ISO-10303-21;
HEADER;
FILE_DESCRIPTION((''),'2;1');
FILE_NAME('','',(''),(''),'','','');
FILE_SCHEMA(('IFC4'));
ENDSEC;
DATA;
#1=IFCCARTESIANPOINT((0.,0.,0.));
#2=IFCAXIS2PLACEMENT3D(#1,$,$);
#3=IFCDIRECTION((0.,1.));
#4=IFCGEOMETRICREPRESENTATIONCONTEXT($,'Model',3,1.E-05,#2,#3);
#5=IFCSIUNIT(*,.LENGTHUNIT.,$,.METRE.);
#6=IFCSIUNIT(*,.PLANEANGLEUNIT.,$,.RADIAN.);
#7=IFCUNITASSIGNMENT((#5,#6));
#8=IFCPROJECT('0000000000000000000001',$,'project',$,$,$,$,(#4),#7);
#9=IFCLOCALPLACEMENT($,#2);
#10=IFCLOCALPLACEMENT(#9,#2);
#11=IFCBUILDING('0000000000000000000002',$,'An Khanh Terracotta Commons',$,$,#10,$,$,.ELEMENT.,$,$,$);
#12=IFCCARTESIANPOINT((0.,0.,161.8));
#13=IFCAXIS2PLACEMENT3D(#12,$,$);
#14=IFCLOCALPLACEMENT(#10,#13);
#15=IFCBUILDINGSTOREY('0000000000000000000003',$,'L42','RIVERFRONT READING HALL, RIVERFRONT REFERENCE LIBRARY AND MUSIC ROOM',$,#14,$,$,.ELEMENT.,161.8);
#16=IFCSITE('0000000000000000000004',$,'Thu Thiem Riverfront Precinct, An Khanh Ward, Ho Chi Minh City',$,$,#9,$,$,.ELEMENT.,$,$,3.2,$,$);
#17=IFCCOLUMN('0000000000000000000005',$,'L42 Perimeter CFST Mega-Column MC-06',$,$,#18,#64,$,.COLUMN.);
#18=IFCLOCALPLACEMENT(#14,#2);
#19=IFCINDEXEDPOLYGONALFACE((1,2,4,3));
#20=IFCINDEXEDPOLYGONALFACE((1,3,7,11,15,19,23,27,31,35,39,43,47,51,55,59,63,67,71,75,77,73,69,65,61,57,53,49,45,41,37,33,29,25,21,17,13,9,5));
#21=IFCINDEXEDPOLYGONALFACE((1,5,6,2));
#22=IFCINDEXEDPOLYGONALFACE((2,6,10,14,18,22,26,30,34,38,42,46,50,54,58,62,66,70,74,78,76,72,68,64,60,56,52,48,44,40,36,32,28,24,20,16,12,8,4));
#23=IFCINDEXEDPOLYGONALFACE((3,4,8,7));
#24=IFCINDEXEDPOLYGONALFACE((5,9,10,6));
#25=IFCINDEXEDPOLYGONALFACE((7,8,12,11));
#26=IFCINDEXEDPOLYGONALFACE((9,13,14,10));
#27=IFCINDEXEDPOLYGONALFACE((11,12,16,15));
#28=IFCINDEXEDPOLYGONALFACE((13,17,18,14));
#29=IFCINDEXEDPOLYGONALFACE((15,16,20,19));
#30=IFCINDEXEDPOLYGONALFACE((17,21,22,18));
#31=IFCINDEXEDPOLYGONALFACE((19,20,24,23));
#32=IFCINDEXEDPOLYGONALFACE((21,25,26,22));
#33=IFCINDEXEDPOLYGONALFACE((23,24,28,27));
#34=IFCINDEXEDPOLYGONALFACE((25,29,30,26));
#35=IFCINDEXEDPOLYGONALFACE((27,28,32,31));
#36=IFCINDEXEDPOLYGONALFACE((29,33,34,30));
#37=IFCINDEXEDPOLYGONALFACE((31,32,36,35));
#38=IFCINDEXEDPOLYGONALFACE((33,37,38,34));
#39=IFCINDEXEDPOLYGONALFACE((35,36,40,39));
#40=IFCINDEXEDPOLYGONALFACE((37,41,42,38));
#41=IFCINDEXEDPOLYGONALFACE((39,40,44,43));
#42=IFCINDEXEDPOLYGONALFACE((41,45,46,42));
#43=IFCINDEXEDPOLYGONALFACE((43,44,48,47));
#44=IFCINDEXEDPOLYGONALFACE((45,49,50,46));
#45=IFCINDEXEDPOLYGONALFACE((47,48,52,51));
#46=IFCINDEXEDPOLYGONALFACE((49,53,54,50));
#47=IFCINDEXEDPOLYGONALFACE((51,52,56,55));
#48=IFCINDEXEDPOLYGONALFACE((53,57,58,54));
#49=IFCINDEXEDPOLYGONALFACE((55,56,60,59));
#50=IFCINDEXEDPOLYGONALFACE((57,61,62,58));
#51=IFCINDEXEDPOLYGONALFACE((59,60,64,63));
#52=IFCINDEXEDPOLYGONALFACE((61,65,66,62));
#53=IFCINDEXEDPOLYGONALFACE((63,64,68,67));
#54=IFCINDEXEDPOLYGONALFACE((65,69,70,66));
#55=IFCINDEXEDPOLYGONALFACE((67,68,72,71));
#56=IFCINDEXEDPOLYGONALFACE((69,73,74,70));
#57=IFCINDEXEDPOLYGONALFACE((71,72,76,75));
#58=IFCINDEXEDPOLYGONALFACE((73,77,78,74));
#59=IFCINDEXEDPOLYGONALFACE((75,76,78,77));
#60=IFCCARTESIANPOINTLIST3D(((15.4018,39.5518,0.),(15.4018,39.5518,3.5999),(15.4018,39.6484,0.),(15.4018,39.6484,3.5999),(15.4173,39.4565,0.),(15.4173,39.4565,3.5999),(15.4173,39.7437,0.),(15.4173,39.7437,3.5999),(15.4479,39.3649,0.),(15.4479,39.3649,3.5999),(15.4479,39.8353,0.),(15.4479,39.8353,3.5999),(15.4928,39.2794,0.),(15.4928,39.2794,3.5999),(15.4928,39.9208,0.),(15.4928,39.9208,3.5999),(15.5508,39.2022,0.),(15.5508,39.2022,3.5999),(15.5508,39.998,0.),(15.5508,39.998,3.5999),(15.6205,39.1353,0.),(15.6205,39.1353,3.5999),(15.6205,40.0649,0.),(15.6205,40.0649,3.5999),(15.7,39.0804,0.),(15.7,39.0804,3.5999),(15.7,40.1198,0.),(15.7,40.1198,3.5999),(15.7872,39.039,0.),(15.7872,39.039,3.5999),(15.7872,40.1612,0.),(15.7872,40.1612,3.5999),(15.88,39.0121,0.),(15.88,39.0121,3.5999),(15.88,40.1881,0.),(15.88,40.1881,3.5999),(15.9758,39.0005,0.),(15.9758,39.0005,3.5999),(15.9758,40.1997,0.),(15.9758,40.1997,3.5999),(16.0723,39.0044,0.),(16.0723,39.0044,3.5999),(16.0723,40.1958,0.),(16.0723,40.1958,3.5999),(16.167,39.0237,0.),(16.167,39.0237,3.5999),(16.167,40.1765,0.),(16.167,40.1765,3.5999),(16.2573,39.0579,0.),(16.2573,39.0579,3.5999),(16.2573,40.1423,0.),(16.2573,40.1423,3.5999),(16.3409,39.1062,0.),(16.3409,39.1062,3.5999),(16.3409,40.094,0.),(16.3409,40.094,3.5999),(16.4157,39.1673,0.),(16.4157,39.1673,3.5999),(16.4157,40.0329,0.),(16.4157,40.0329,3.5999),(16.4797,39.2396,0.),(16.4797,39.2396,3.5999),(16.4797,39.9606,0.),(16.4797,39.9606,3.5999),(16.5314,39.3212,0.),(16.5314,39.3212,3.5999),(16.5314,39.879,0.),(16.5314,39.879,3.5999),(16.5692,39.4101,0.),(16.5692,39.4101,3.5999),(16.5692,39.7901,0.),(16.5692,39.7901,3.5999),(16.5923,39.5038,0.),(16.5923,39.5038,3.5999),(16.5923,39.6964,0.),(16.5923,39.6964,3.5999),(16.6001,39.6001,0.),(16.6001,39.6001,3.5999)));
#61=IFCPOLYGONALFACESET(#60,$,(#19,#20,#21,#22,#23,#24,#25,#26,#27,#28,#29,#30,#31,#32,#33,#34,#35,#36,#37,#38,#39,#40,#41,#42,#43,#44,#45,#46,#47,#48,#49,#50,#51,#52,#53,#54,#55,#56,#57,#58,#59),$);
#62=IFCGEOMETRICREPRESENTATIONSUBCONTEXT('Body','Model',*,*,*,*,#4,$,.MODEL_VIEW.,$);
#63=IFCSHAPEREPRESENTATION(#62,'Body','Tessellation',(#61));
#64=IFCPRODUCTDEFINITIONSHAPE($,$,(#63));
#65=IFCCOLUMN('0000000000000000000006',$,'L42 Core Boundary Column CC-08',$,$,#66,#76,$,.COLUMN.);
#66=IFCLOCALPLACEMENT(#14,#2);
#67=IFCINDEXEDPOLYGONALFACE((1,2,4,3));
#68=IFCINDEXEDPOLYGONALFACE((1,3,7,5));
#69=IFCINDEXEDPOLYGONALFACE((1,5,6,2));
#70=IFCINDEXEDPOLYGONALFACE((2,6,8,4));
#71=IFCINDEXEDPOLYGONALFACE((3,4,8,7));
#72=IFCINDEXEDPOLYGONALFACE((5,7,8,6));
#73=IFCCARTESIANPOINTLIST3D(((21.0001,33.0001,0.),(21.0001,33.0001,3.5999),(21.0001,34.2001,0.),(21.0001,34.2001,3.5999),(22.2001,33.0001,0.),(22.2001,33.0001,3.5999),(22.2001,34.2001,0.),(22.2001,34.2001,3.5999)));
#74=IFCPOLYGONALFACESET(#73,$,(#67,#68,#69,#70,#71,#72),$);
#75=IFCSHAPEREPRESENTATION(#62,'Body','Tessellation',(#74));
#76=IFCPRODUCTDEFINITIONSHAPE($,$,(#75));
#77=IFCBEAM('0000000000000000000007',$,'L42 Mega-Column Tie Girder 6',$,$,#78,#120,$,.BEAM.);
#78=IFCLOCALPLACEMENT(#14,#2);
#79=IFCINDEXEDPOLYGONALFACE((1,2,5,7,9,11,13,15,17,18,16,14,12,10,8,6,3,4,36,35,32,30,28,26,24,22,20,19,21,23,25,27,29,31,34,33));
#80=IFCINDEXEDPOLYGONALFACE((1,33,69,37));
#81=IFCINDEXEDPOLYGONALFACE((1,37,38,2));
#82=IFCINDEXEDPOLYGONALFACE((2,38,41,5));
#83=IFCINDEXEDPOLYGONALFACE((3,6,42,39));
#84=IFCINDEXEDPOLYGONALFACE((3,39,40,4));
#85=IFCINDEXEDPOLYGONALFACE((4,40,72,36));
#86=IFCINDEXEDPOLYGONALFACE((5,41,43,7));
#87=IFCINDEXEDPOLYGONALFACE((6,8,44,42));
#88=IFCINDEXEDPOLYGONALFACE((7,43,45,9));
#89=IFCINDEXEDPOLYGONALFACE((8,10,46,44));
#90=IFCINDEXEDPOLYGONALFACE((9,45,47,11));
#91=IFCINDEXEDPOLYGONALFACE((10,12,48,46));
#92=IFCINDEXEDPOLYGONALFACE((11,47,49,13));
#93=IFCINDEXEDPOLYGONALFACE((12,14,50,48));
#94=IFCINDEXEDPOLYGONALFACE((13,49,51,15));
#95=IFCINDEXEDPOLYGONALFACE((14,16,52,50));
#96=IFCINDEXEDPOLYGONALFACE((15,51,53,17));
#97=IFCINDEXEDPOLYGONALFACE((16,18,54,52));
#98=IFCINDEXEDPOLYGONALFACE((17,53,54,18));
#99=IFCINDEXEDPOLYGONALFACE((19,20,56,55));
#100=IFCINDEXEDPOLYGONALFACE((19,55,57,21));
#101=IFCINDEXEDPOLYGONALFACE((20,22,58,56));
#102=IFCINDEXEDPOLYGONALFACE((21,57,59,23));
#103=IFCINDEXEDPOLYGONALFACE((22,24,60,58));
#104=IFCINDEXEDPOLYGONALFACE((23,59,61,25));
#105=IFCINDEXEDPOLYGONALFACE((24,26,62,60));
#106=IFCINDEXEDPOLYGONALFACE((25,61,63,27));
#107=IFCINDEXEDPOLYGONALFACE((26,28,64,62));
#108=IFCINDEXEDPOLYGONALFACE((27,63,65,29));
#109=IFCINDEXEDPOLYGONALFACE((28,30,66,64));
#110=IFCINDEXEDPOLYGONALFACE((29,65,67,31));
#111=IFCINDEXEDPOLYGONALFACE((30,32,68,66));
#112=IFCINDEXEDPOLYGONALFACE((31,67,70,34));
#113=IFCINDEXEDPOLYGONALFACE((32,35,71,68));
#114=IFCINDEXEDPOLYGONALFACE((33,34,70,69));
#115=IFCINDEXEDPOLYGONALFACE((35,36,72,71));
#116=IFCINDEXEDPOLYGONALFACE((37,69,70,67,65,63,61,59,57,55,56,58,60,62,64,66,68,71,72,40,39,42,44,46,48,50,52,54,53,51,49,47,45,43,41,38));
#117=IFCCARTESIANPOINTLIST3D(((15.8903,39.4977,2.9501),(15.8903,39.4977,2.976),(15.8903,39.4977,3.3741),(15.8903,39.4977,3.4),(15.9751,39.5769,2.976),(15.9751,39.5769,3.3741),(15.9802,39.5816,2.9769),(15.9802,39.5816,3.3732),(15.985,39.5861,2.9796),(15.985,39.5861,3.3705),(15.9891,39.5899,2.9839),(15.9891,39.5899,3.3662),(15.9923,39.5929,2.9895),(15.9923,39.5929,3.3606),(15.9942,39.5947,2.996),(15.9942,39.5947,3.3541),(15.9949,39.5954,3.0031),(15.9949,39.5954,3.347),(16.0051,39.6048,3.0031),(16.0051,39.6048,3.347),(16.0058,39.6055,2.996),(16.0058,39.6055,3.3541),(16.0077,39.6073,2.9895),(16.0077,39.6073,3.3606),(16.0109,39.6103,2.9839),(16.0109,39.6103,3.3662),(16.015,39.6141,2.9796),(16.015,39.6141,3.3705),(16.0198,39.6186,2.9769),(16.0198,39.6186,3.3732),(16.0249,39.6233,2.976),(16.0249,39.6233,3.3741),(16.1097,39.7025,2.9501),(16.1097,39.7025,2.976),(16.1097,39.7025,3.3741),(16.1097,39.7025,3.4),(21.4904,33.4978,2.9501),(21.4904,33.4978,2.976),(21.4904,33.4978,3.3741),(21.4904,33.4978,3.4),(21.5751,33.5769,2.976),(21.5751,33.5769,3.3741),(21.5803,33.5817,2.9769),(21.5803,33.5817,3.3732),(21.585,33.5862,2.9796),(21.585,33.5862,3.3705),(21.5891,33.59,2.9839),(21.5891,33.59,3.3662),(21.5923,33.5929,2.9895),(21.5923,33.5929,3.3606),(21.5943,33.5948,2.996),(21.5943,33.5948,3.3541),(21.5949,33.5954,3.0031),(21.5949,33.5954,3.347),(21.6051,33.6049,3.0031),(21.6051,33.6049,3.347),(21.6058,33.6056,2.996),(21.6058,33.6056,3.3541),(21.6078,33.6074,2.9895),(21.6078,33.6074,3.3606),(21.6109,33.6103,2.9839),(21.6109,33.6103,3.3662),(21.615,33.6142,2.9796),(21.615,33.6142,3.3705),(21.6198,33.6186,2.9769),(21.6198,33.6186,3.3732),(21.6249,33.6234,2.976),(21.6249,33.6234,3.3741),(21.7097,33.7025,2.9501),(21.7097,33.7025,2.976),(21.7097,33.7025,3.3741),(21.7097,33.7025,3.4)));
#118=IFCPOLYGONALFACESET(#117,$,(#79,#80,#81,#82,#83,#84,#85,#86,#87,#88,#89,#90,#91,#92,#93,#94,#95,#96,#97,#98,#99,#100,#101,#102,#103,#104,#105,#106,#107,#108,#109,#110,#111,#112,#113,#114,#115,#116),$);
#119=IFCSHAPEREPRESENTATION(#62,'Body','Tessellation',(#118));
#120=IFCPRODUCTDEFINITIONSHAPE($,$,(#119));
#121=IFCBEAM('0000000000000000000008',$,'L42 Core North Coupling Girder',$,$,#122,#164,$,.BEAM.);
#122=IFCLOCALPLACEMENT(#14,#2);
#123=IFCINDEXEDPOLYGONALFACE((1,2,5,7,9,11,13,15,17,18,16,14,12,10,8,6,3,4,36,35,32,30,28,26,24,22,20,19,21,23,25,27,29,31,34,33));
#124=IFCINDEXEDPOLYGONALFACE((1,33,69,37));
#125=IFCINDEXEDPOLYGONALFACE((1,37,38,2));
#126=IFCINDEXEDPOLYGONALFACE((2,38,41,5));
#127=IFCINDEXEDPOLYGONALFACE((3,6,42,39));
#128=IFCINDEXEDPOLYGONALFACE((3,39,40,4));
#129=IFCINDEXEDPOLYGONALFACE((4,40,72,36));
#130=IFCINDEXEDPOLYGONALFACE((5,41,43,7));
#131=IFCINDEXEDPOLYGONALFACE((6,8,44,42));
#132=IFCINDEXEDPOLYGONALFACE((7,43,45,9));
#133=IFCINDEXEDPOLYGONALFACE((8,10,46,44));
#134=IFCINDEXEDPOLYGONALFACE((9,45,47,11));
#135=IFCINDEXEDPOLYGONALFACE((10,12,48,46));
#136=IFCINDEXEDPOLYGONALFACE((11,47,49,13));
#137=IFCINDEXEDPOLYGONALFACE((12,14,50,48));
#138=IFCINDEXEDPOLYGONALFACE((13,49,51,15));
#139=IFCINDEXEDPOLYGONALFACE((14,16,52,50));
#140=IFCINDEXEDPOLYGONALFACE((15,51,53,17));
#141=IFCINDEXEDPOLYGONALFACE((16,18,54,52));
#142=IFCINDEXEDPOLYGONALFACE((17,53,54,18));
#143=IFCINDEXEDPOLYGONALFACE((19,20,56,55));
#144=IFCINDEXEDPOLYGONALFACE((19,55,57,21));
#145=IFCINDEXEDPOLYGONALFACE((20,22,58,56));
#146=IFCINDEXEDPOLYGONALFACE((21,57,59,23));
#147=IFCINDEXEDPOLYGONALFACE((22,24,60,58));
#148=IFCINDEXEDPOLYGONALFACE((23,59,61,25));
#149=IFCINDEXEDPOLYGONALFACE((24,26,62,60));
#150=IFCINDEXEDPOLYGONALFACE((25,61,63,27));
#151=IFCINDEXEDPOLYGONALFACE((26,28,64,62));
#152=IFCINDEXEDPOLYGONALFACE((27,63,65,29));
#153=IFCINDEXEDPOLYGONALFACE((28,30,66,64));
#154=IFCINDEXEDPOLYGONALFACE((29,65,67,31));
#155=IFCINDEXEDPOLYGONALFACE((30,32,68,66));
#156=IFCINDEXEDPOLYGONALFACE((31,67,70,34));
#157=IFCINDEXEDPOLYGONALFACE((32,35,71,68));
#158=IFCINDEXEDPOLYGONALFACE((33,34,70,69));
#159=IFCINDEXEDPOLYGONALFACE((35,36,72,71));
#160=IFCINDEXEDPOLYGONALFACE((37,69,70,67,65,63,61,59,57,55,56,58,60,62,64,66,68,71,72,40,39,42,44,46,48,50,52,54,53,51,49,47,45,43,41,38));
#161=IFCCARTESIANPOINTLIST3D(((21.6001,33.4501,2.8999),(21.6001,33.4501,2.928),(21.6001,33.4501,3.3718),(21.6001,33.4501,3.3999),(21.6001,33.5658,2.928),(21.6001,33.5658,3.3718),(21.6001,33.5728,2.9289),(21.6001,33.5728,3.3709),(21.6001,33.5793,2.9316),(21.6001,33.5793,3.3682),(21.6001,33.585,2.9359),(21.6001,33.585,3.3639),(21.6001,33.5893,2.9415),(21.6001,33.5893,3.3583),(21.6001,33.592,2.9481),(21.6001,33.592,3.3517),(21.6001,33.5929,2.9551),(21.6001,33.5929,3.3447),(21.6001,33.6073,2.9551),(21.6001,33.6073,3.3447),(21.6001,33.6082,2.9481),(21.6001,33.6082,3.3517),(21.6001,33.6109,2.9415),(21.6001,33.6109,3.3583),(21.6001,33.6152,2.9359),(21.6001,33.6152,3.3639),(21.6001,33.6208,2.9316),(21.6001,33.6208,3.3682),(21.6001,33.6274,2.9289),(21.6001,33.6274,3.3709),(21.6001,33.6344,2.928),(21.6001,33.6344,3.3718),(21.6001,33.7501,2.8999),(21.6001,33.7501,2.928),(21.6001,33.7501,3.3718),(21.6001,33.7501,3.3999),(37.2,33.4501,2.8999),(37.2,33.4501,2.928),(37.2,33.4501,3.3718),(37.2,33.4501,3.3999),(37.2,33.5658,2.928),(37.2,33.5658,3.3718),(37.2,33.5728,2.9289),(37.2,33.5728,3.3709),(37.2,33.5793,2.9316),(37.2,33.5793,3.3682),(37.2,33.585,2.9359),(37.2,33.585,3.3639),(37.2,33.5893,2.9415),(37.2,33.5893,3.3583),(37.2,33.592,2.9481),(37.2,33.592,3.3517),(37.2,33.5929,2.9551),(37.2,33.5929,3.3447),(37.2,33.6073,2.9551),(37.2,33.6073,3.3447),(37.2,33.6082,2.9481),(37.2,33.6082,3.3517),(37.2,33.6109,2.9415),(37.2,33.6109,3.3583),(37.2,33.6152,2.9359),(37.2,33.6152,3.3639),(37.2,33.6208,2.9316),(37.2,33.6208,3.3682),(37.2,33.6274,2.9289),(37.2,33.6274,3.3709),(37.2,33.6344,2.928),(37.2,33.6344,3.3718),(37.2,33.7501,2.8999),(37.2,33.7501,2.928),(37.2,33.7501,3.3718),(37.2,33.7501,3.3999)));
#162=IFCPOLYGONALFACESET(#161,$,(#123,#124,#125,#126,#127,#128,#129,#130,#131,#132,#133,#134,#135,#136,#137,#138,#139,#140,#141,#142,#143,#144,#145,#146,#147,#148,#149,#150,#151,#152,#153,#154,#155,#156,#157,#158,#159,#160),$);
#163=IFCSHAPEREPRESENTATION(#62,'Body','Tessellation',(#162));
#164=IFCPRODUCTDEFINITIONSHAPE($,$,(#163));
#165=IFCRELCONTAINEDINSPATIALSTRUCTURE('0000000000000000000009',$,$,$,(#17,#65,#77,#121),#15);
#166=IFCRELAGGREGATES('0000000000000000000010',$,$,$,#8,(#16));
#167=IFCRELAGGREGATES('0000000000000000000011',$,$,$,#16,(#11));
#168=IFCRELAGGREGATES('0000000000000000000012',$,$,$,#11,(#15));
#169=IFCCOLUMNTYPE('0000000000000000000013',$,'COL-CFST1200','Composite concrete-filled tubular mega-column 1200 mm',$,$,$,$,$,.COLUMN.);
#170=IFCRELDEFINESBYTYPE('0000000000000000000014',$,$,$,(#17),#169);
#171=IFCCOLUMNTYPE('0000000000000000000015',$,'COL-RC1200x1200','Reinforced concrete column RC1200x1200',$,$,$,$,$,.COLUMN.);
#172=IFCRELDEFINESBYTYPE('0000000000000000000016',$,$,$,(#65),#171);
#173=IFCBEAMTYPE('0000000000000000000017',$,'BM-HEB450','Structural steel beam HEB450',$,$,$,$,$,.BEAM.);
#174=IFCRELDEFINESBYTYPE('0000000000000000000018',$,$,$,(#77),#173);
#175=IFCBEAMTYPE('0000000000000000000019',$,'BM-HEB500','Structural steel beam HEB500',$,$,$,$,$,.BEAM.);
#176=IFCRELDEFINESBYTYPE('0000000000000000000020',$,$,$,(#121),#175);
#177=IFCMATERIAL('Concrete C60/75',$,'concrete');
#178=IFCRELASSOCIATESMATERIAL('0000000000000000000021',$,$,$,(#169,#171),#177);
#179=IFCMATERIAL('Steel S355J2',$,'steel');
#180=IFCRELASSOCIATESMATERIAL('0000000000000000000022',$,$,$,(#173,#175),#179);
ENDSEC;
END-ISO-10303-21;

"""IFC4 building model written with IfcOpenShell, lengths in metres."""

from ifc_helpers import new_model, si_unit, direction, frame, origin, origin_2d, place, context, subcontext, project, spatial, rectangle, circle, i_section, extrude, material, material_profile, profile_set, type_object, element, save


model = new_model("IFC4")

# Units and contexts
model_context = context("Model", 3, precision=1e-05, world=origin(), true_north=direction((0.0, 1.0)))
body_context = subcontext(model_context, "Body", "Model", "MODEL_VIEW")
ifc_project = project(units=[si_unit("LENGTHUNIT", "METRE"), si_unit("PLANEANGLEUNIT", "RADIAN")], contexts=[model_context])

# Site, building, storey
site_placement = place(None, origin())
site = spatial("IfcSite", under=ifc_project, at=site_placement, Name="Thu Thiem Riverfront Precinct, An Khanh Ward, Ho Chi Minh City", CompositionType="ELEMENT", RefElevation=3.2)
building_placement = place(site_placement, origin())
building = spatial("IfcBuilding", under=site, at=building_placement, Name="An Khanh Terracotta Commons", CompositionType="ELEMENT")
storey_placement = place(building_placement, frame((0.0, 0.0, 161.8)))
storey = spatial("IfcBuildingStorey", under=building, at=storey_placement, Name="L42", Description="RIVERFRONT READING HALL, RIVERFRONT REFERENCE LIBRARY AND MUSIC ROOM", CompositionType="ELEMENT", Elevation=161.8)

# Columns
ifc_material_1 = material(Name="Concrete C60/75", Category="concrete")
ifc_material_profile_1 = material_profile(ifc_material_1, circle(Radius=0.6001, at=origin_2d()), Name="CFST1200")
ifc_profile_set_1 = profile_set([ifc_material_profile_1], Name="Concrete C60/75")
column_type_1 = type_object("IfcColumnType", Name="COL-CFST1200", Description="Composite concrete-filled tubular mega-column 1200 mm", PredefinedType="COLUMN", material=ifc_profile_set_1)
column_1_placement = place(storey_placement, frame((16.0, 39.6001, 0.0), z_axis=(0.0, 0.0, 1.0), x_axis=(1.0, 0.0, 0.0)))
element("IfcColumn", 1, at=column_1_placement, inside=storey, type_object=column_type_1, Name="L42 Perimeter CFST Mega-Column MC-06", PredefinedType="COLUMN", context=body_context, shape_type="SweptSolid", body=[
    extrude(circle(Radius=0.6001, at=origin_2d()), origin(), (0.0, 0.0, 1.0), 3.5999),
])
ifc_material_profile_2 = material_profile(ifc_material_1, rectangle(XDim=1.2, YDim=1.2, at=origin_2d()), Name="RC1200x1200")
ifc_profile_set_2 = profile_set([ifc_material_profile_2], Name="Concrete C60/75")
column_type_2 = type_object("IfcColumnType", Name="COL-RC1200x1200", Description="Reinforced concrete column RC1200x1200", PredefinedType="COLUMN", material=ifc_profile_set_2)
column_2_placement = place(storey_placement, frame((21.6001, 33.6001, 0.0), z_axis=(0.0, 0.0, 1.0), x_axis=(1.0, 0.0, 0.0)))
element("IfcColumn", 2, at=column_2_placement, inside=storey, type_object=column_type_2, Name="L42 Core Boundary Column CC-08", PredefinedType="COLUMN", context=body_context, shape_type="SweptSolid", body=[
    extrude(rectangle(XDim=1.2, YDim=1.2, at=origin_2d()), origin(), (0.0, 0.0, 1.0), 3.5999),
])

# Beams
ifc_material_2 = material(Name="Steel S355J2", Category="steel")
ifc_material_profile_3 = material_profile(ifc_material_2, i_section(OverallWidth=0.3, OverallDepth=0.45, WebThickness=0.0139, FlangeThickness=0.0259, FilletRadius=0.0271, at=origin_2d()), Name="HEB450")
ifc_profile_set_3 = profile_set([ifc_material_profile_3], Name="Steel S355J2")
beam_type_1 = type_object("IfcBeamType", Name="BM-HEB450", Description="Structural steel beam HEB450", PredefinedType="BEAM", material=ifc_profile_set_3)
beam_1_placement = place(storey_placement, frame((16.0, 39.6001, 3.175), z_axis=(0.682325, -0.731049, 0.0), x_axis=(0.731049, 0.682325, 0.0)))
element("IfcBeam", 3, at=beam_1_placement, inside=storey, type_object=beam_type_1, Name="L42 Mega-Column Tie Girder 6", PredefinedType="BEAM", context=body_context, shape_type="SweptSolid", body=[
    extrude(i_section(OverallWidth=0.3, OverallDepth=0.45, WebThickness=0.0139, FlangeThickness=0.0259, FilletRadius=0.0271, at=origin_2d()), origin(), (0.0, 0.0, 1.0), 8.2073),
])
ifc_material_profile_4 = material_profile(ifc_material_2, i_section(OverallWidth=0.3, OverallDepth=0.5, WebThickness=0.0144, FlangeThickness=0.0281, FilletRadius=0.0271, at=origin_2d()), Name="HEB500")
ifc_profile_set_4 = profile_set([ifc_material_profile_4], Name="Steel S355J2")
beam_type_2 = type_object("IfcBeamType", Name="BM-HEB500", Description="Structural steel beam HEB500", PredefinedType="BEAM", material=ifc_profile_set_4)
beam_2_placement = place(storey_placement, frame((21.6001, 33.6001, 3.1499), z_axis=(1.0, 0.0, 0.0), x_axis=(0.0, 1.0, 0.0)))
element("IfcBeam", 4, at=beam_2_placement, inside=storey, type_object=beam_type_2, Name="L42 Core North Coupling Girder", PredefinedType="BEAM", context=body_context, shape_type="SweptSolid", body=[
    extrude(i_section(OverallWidth=0.3, OverallDepth=0.5, WebThickness=0.0144, FlangeThickness=0.0281, FilletRadius=0.0271, at=origin_2d()), origin(), (0.0, 0.0, 1.0), 15.5999),
])

save(model, "model.ifc")
